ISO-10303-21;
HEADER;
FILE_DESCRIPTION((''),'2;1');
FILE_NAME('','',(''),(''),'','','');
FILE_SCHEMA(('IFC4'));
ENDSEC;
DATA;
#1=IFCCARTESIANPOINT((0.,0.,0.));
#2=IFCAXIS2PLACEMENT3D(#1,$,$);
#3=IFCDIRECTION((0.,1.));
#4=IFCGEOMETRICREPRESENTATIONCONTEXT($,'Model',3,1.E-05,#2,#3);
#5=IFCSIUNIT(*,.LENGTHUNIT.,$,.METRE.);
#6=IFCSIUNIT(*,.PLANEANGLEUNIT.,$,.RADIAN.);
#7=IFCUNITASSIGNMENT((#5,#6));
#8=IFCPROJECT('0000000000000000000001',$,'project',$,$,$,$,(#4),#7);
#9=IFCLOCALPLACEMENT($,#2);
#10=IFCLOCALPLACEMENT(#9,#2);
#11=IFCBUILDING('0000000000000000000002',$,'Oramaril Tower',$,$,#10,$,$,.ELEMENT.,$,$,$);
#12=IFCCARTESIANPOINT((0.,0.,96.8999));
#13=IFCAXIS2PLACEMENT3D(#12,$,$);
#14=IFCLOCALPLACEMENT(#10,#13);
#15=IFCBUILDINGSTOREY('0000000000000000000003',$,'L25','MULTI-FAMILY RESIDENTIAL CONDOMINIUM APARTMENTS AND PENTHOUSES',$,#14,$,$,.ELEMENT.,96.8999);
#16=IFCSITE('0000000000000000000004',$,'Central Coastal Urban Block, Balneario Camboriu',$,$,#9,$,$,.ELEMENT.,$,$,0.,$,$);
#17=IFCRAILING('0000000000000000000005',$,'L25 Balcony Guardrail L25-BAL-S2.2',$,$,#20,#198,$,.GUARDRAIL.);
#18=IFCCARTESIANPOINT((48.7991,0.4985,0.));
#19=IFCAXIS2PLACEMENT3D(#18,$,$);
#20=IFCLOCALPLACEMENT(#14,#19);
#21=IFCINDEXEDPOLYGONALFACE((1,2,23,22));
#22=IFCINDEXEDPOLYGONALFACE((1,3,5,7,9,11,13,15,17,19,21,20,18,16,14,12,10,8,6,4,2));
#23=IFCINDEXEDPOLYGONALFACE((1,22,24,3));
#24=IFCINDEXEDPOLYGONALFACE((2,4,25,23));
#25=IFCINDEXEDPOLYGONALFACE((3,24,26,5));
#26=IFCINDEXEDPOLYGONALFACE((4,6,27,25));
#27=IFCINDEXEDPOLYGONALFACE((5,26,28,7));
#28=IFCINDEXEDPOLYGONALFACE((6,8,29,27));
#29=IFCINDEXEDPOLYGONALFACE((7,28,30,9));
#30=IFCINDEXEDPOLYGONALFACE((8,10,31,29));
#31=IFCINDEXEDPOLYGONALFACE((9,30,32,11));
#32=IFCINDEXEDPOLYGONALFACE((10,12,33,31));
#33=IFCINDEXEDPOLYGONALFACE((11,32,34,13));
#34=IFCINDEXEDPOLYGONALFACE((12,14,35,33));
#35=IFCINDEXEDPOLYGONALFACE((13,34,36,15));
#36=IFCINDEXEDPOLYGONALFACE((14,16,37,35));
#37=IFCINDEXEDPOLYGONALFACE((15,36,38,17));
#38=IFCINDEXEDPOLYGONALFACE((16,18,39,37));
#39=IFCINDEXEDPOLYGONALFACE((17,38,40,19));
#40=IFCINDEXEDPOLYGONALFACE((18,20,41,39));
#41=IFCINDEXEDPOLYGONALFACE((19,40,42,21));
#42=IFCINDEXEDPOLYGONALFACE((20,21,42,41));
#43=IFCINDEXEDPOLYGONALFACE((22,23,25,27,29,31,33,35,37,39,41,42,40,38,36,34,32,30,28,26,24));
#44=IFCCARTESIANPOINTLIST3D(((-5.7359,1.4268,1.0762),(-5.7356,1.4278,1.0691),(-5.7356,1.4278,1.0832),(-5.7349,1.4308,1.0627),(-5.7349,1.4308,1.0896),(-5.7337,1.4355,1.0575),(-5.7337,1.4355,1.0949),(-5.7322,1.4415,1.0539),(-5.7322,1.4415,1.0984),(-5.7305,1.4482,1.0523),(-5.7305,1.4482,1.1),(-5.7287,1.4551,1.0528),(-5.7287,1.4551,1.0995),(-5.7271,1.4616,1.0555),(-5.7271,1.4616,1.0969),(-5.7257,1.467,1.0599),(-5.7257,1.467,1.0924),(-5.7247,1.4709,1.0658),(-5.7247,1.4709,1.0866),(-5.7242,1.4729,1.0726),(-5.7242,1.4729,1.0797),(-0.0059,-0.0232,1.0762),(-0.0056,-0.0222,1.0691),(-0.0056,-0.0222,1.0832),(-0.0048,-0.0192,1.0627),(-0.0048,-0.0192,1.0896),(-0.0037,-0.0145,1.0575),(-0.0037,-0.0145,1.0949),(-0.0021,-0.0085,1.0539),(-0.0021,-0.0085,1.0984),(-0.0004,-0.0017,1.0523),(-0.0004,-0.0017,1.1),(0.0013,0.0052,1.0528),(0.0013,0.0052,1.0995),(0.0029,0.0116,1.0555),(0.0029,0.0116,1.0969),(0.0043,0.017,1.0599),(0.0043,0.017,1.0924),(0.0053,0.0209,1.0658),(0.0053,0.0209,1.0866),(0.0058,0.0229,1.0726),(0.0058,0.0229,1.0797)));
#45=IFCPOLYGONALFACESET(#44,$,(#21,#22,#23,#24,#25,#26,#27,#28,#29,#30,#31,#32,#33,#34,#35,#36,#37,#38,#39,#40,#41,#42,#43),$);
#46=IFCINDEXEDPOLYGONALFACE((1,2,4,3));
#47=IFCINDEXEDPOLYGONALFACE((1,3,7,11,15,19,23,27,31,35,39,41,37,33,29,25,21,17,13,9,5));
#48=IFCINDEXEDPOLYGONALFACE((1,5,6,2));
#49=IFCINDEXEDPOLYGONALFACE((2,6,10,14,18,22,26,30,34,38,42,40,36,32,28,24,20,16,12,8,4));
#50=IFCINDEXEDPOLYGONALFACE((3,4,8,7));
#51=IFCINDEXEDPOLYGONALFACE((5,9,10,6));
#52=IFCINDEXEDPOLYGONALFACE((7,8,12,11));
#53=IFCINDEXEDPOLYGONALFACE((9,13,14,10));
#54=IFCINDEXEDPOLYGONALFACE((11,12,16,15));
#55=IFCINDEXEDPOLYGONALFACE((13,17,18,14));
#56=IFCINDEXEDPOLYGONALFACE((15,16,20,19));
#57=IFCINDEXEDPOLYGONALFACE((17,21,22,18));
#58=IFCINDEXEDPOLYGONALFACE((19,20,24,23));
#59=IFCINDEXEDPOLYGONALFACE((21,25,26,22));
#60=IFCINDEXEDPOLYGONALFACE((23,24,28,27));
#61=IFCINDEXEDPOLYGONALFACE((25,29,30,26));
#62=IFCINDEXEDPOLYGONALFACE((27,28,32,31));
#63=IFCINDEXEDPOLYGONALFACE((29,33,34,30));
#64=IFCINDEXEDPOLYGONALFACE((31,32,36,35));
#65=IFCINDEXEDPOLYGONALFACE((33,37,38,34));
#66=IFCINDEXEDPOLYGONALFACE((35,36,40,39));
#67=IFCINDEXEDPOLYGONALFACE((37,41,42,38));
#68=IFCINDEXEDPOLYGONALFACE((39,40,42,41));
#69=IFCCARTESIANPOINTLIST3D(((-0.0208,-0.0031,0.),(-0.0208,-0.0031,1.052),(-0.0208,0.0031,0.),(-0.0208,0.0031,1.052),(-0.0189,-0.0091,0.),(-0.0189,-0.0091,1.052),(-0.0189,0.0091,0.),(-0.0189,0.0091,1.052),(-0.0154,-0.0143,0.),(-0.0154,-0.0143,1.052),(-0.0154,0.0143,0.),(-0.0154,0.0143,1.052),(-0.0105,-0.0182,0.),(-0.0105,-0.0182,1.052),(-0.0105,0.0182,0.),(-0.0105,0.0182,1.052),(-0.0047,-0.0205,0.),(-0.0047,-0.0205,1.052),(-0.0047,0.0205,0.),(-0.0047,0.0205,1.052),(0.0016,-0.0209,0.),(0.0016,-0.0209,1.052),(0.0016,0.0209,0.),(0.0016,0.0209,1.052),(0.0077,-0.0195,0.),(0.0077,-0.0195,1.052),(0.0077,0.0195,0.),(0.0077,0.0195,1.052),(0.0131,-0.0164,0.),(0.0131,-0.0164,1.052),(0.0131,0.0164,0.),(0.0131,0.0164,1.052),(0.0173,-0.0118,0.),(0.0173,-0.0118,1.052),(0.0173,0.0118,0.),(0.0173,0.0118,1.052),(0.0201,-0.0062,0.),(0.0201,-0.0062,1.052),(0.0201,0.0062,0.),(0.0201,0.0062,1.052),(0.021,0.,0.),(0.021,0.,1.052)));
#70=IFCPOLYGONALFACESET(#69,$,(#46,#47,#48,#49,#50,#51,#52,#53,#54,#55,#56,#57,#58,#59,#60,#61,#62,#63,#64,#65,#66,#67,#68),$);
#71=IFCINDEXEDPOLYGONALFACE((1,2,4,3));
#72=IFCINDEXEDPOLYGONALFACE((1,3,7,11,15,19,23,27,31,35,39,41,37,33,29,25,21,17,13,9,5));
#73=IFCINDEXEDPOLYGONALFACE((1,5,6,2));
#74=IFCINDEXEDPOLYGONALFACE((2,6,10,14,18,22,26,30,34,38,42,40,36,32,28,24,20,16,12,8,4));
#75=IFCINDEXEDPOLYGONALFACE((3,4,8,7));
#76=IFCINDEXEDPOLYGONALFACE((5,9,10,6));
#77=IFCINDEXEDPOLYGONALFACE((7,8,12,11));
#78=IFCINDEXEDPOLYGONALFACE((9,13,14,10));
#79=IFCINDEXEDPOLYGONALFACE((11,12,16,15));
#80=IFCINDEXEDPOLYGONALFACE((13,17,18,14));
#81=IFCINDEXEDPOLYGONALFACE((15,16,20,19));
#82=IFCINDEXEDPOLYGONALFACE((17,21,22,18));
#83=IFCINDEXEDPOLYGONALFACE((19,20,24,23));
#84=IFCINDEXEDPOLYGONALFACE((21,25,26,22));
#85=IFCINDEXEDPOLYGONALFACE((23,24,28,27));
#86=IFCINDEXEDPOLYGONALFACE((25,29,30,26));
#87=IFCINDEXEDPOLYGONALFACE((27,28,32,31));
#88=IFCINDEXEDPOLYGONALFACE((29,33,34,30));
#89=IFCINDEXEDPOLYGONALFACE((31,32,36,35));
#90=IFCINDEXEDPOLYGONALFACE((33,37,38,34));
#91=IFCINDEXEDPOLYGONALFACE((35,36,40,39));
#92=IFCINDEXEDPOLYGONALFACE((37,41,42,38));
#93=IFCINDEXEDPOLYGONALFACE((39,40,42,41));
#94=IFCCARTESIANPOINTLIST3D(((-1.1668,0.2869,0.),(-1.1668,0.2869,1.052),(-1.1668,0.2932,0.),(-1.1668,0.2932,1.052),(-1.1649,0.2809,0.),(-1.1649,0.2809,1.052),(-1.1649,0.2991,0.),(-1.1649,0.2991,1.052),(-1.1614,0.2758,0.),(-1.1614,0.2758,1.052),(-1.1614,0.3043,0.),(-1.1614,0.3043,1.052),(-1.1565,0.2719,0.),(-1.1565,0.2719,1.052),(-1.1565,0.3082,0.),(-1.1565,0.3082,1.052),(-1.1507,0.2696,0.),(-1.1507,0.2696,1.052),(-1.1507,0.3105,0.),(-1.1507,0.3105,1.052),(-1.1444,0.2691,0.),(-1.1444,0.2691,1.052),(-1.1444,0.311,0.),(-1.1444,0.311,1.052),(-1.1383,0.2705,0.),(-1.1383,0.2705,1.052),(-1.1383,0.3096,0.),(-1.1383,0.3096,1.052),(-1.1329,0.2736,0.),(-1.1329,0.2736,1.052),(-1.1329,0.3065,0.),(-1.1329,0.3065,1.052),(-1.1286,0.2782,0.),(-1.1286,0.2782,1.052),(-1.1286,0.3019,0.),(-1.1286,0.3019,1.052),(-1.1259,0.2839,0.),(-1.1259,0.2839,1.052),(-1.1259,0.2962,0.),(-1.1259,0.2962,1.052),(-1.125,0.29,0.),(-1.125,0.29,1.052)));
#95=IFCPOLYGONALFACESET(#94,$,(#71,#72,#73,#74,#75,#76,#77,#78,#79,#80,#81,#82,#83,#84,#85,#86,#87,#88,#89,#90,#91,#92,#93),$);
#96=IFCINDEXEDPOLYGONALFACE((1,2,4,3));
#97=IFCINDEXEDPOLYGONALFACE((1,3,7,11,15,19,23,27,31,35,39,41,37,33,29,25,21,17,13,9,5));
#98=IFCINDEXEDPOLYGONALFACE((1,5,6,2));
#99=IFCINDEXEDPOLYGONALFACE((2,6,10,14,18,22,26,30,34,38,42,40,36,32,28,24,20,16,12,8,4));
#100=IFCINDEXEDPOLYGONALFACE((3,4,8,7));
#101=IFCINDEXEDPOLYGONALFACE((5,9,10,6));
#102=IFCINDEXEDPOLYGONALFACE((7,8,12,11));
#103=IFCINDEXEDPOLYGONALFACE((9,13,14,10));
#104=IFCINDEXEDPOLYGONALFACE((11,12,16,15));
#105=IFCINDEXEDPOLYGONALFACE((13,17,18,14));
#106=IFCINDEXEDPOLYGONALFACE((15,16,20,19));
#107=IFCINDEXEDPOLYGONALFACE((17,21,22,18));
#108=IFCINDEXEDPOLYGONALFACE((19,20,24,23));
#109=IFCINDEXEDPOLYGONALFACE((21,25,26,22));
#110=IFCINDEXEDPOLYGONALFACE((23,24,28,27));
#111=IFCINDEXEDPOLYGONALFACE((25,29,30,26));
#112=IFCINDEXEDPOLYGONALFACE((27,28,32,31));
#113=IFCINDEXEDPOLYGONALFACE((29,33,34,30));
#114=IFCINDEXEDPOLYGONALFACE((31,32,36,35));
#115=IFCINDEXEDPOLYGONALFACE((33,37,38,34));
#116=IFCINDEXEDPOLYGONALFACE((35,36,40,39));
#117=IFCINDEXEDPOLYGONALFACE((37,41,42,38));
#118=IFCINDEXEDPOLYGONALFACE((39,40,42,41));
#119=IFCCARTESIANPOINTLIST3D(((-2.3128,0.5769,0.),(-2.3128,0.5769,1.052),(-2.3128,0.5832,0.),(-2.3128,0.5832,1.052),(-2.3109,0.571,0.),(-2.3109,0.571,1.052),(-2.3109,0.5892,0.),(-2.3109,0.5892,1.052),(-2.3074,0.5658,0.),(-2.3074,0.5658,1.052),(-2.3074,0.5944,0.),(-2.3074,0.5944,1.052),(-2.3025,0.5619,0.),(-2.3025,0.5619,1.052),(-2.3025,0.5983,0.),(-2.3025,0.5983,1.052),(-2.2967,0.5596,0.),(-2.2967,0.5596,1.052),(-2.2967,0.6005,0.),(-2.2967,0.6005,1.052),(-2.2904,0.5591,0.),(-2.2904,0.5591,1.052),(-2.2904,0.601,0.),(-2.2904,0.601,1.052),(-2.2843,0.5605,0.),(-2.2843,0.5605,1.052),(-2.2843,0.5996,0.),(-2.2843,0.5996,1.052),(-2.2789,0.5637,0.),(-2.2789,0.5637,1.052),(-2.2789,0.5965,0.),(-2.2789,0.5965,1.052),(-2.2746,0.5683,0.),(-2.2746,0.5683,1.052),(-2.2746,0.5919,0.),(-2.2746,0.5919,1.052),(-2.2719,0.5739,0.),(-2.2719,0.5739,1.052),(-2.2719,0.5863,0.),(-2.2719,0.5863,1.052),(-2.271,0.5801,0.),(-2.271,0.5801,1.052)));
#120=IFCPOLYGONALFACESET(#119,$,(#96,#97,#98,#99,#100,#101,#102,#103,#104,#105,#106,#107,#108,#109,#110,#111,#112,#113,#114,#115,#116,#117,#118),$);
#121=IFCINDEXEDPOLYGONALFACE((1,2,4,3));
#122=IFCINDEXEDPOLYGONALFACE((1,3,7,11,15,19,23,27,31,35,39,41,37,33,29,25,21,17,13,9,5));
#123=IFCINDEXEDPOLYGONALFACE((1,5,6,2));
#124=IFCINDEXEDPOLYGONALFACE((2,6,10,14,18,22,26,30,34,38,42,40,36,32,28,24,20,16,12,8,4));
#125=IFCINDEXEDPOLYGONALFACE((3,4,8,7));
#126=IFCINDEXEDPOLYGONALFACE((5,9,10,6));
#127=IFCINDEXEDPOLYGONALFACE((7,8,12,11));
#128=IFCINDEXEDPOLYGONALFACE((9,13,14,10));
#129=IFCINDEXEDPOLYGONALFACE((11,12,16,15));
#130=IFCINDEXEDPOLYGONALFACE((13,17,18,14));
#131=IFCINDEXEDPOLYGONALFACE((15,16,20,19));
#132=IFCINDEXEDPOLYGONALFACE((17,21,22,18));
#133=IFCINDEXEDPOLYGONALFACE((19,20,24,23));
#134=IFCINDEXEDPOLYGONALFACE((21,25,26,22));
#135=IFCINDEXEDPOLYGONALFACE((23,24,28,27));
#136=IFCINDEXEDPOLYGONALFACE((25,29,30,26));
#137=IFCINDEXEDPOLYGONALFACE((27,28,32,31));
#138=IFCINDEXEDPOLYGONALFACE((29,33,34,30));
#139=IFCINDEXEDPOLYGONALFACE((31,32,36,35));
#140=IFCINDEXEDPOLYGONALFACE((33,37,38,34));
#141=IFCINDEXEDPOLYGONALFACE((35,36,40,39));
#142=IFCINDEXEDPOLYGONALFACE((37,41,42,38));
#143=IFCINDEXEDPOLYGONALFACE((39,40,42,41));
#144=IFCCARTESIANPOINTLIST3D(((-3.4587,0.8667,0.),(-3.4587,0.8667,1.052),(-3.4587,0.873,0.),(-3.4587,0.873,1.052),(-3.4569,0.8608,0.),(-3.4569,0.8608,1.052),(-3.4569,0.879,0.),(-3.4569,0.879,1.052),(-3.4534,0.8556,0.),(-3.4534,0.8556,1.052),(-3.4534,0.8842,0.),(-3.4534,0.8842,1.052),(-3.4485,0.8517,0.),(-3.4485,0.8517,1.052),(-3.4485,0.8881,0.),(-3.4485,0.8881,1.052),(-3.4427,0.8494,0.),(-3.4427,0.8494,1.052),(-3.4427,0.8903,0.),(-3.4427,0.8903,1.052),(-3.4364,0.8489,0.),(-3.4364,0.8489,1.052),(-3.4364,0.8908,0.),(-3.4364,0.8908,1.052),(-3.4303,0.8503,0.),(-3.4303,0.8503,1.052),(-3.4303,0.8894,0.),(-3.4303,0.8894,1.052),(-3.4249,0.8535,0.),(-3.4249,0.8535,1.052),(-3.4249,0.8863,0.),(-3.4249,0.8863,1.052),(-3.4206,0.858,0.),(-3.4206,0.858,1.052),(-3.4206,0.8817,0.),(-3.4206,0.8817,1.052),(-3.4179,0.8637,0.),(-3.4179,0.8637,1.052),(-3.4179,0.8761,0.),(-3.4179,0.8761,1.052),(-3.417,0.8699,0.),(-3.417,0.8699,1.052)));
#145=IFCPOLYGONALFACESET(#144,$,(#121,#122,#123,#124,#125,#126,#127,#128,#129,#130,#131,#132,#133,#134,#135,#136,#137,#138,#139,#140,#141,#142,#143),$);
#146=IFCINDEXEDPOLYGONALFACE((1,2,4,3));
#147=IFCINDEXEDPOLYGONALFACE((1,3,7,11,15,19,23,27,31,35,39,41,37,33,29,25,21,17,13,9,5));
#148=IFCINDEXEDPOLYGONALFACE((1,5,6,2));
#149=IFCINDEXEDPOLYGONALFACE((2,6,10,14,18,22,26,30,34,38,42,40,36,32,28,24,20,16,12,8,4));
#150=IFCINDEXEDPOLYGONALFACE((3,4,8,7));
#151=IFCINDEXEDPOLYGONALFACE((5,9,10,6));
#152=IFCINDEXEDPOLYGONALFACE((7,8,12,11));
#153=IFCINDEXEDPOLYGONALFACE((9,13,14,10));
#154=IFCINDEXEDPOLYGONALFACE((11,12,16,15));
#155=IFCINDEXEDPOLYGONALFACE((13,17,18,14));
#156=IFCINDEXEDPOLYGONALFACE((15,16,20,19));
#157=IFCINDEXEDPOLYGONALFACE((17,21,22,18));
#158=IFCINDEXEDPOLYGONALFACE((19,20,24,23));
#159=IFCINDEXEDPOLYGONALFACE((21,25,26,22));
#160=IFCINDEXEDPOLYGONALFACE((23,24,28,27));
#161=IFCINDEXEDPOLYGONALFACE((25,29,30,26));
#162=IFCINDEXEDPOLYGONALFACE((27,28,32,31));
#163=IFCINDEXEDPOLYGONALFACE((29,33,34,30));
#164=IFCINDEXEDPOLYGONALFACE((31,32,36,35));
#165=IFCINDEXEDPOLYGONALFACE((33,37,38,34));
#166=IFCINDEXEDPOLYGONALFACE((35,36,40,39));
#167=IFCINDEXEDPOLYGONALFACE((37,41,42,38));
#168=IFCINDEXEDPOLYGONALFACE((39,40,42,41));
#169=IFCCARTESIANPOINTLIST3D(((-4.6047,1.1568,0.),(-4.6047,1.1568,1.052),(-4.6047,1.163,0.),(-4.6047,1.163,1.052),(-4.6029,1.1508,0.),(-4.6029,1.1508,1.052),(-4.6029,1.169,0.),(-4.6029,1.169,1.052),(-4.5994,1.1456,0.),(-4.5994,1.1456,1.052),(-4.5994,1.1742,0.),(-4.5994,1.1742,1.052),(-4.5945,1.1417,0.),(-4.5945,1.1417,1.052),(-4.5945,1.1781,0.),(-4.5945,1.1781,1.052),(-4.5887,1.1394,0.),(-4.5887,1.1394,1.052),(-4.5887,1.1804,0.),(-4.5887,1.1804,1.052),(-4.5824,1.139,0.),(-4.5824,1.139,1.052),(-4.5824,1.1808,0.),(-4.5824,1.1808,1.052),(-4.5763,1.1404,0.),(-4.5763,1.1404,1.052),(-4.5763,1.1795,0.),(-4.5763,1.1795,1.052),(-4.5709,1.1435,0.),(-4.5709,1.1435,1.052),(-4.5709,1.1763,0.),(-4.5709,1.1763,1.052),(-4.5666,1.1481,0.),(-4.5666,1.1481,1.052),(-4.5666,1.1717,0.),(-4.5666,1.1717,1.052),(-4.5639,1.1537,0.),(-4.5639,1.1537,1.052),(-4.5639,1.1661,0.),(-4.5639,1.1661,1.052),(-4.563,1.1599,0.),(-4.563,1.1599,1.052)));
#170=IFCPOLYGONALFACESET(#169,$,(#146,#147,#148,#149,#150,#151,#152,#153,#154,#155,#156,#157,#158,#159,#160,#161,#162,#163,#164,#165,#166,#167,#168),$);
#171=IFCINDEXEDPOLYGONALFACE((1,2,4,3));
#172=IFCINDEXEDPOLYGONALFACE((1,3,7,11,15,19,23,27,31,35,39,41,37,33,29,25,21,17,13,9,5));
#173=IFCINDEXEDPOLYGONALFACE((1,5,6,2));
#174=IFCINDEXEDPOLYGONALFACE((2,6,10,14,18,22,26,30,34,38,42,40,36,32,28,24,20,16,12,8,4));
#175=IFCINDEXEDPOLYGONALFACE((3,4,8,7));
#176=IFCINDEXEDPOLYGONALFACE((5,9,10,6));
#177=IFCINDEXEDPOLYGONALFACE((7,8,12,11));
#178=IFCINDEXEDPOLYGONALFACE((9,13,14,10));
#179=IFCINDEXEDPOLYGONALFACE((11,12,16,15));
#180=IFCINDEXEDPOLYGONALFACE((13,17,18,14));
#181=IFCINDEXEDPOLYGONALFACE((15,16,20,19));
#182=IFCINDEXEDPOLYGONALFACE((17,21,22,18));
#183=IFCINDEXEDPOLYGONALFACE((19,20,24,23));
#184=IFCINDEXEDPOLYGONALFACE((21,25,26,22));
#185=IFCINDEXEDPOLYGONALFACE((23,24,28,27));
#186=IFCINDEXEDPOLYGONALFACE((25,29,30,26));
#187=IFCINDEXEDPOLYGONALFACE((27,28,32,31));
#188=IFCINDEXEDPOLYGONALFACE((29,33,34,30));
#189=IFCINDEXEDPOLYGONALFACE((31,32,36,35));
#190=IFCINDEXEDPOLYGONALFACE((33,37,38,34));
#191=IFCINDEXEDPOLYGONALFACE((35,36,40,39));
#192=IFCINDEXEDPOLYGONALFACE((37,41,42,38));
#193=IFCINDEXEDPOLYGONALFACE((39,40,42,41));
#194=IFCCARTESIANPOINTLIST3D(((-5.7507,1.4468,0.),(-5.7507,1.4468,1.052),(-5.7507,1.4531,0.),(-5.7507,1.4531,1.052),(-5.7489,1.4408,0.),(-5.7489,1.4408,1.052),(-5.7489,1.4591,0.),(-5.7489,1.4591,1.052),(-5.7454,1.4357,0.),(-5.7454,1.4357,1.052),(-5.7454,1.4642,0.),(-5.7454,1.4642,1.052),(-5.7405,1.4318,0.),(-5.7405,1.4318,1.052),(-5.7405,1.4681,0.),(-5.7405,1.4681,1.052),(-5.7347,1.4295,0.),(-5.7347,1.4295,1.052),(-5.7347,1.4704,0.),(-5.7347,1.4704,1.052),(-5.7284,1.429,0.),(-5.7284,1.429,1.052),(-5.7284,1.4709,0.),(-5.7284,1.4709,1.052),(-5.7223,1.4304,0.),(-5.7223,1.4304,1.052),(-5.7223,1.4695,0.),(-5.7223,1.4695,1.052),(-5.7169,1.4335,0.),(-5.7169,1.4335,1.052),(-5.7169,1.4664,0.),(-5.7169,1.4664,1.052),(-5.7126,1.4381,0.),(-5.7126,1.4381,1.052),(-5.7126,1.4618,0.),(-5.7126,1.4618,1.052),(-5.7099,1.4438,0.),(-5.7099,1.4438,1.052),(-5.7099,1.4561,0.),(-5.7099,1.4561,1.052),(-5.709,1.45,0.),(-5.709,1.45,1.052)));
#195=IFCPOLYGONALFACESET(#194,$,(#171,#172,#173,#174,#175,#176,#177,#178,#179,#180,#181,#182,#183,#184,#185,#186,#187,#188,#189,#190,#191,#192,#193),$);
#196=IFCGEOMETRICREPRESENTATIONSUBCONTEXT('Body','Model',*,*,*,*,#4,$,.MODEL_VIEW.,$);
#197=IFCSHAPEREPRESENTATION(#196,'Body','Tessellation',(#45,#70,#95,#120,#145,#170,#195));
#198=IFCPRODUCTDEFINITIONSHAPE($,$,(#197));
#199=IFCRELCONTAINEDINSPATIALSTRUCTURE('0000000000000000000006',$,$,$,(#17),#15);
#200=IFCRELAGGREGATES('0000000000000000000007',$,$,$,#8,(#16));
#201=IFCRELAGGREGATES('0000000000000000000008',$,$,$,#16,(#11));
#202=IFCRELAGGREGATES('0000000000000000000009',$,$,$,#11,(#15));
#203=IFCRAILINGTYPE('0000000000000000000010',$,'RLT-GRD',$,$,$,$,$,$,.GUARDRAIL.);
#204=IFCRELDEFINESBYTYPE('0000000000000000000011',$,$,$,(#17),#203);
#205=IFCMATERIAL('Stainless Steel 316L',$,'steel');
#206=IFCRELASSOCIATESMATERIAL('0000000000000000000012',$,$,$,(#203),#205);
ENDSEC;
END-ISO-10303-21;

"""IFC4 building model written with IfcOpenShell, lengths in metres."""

from ifc_helpers import new_model, si_unit, direction, frame, origin, origin_2d, place, context, subcontext, project, spatial, circle, extrude, material, type_object, element, save


model = new_model("IFC4")

# Units and contexts
model_context = context("Model", 3, precision=1e-05, world=origin(), true_north=direction((0.0, 1.0)))
body_context = subcontext(model_context, "Body", "Model", "MODEL_VIEW")
ifc_project = project(units=[si_unit("LENGTHUNIT", "METRE"), si_unit("PLANEANGLEUNIT", "RADIAN")], contexts=[model_context])

# Site, building, storey
site_placement = place(None, origin())
site = spatial("IfcSite", under=ifc_project, at=site_placement, Name="Central Coastal Urban Block, Balneario Camboriu", CompositionType="ELEMENT", RefElevation=0.0)
building_placement = place(site_placement, origin())
building = spatial("IfcBuilding", under=site, at=building_placement, Name="Oramaril Tower", CompositionType="ELEMENT")
storey_placement = place(building_placement, frame((0.0, 0.0, 96.8999)))
storey = spatial("IfcBuildingStorey", under=building, at=storey_placement, Name="L25", Description="MULTI-FAMILY RESIDENTIAL CONDOMINIUM APARTMENTS AND PENTHOUSES", CompositionType="ELEMENT", Elevation=96.8999)

# Railing
ifc_material_1 = material(Name="Stainless Steel 316L", Category="steel")
railing_type = type_object("IfcRailingType", Name="RLT-GRD", PredefinedType="GUARDRAIL", material=ifc_material_1)
railing_1_placement = place(storey_placement, frame((48.7991, 0.4985, 0.0)))
element("IfcRailing", 1, at=railing_1_placement, inside=storey, type_object=railing_type, Name="L25 Balcony Guardrail L25-BAL-S2.2", PredefinedType="GUARDRAIL", context=body_context, shape_type="SweptSolid", body=[
    extrude(circle(Radius=0.0239, at=origin_2d()), frame((0.0, 0.0, 1.0762), z_axis=(-0.969444, 0.245314, 0.0), x_axis=(-0.245314, -0.969444, 0.0)), (0.0, 0.0, 1.0), 5.9106),
    extrude(circle(Radius=0.021, at=origin_2d()), origin(), (0.0, 0.0, 1.0), 1.052),
    extrude(circle(Radius=0.021, at=origin_2d()), frame((-1.146, 0.29, 0.0)), (0.0, 0.0, 1.0), 1.052),
    extrude(circle(Radius=0.021, at=origin_2d()), frame((-2.292, 0.5801, 0.0)), (0.0, 0.0, 1.0), 1.052),
    extrude(circle(Radius=0.021, at=origin_2d()), frame((-3.438, 0.8699, 0.0)), (0.0, 0.0, 1.0), 1.052),
    extrude(circle(Radius=0.021, at=origin_2d()), frame((-4.584, 1.1599, 0.0)), (0.0, 0.0, 1.0), 1.052),
    extrude(circle(Radius=0.021, at=origin_2d()), frame((-5.73, 1.45, 0.0)), (0.0, 0.0, 1.0), 1.052),
])

save(model, "model.ifc")
